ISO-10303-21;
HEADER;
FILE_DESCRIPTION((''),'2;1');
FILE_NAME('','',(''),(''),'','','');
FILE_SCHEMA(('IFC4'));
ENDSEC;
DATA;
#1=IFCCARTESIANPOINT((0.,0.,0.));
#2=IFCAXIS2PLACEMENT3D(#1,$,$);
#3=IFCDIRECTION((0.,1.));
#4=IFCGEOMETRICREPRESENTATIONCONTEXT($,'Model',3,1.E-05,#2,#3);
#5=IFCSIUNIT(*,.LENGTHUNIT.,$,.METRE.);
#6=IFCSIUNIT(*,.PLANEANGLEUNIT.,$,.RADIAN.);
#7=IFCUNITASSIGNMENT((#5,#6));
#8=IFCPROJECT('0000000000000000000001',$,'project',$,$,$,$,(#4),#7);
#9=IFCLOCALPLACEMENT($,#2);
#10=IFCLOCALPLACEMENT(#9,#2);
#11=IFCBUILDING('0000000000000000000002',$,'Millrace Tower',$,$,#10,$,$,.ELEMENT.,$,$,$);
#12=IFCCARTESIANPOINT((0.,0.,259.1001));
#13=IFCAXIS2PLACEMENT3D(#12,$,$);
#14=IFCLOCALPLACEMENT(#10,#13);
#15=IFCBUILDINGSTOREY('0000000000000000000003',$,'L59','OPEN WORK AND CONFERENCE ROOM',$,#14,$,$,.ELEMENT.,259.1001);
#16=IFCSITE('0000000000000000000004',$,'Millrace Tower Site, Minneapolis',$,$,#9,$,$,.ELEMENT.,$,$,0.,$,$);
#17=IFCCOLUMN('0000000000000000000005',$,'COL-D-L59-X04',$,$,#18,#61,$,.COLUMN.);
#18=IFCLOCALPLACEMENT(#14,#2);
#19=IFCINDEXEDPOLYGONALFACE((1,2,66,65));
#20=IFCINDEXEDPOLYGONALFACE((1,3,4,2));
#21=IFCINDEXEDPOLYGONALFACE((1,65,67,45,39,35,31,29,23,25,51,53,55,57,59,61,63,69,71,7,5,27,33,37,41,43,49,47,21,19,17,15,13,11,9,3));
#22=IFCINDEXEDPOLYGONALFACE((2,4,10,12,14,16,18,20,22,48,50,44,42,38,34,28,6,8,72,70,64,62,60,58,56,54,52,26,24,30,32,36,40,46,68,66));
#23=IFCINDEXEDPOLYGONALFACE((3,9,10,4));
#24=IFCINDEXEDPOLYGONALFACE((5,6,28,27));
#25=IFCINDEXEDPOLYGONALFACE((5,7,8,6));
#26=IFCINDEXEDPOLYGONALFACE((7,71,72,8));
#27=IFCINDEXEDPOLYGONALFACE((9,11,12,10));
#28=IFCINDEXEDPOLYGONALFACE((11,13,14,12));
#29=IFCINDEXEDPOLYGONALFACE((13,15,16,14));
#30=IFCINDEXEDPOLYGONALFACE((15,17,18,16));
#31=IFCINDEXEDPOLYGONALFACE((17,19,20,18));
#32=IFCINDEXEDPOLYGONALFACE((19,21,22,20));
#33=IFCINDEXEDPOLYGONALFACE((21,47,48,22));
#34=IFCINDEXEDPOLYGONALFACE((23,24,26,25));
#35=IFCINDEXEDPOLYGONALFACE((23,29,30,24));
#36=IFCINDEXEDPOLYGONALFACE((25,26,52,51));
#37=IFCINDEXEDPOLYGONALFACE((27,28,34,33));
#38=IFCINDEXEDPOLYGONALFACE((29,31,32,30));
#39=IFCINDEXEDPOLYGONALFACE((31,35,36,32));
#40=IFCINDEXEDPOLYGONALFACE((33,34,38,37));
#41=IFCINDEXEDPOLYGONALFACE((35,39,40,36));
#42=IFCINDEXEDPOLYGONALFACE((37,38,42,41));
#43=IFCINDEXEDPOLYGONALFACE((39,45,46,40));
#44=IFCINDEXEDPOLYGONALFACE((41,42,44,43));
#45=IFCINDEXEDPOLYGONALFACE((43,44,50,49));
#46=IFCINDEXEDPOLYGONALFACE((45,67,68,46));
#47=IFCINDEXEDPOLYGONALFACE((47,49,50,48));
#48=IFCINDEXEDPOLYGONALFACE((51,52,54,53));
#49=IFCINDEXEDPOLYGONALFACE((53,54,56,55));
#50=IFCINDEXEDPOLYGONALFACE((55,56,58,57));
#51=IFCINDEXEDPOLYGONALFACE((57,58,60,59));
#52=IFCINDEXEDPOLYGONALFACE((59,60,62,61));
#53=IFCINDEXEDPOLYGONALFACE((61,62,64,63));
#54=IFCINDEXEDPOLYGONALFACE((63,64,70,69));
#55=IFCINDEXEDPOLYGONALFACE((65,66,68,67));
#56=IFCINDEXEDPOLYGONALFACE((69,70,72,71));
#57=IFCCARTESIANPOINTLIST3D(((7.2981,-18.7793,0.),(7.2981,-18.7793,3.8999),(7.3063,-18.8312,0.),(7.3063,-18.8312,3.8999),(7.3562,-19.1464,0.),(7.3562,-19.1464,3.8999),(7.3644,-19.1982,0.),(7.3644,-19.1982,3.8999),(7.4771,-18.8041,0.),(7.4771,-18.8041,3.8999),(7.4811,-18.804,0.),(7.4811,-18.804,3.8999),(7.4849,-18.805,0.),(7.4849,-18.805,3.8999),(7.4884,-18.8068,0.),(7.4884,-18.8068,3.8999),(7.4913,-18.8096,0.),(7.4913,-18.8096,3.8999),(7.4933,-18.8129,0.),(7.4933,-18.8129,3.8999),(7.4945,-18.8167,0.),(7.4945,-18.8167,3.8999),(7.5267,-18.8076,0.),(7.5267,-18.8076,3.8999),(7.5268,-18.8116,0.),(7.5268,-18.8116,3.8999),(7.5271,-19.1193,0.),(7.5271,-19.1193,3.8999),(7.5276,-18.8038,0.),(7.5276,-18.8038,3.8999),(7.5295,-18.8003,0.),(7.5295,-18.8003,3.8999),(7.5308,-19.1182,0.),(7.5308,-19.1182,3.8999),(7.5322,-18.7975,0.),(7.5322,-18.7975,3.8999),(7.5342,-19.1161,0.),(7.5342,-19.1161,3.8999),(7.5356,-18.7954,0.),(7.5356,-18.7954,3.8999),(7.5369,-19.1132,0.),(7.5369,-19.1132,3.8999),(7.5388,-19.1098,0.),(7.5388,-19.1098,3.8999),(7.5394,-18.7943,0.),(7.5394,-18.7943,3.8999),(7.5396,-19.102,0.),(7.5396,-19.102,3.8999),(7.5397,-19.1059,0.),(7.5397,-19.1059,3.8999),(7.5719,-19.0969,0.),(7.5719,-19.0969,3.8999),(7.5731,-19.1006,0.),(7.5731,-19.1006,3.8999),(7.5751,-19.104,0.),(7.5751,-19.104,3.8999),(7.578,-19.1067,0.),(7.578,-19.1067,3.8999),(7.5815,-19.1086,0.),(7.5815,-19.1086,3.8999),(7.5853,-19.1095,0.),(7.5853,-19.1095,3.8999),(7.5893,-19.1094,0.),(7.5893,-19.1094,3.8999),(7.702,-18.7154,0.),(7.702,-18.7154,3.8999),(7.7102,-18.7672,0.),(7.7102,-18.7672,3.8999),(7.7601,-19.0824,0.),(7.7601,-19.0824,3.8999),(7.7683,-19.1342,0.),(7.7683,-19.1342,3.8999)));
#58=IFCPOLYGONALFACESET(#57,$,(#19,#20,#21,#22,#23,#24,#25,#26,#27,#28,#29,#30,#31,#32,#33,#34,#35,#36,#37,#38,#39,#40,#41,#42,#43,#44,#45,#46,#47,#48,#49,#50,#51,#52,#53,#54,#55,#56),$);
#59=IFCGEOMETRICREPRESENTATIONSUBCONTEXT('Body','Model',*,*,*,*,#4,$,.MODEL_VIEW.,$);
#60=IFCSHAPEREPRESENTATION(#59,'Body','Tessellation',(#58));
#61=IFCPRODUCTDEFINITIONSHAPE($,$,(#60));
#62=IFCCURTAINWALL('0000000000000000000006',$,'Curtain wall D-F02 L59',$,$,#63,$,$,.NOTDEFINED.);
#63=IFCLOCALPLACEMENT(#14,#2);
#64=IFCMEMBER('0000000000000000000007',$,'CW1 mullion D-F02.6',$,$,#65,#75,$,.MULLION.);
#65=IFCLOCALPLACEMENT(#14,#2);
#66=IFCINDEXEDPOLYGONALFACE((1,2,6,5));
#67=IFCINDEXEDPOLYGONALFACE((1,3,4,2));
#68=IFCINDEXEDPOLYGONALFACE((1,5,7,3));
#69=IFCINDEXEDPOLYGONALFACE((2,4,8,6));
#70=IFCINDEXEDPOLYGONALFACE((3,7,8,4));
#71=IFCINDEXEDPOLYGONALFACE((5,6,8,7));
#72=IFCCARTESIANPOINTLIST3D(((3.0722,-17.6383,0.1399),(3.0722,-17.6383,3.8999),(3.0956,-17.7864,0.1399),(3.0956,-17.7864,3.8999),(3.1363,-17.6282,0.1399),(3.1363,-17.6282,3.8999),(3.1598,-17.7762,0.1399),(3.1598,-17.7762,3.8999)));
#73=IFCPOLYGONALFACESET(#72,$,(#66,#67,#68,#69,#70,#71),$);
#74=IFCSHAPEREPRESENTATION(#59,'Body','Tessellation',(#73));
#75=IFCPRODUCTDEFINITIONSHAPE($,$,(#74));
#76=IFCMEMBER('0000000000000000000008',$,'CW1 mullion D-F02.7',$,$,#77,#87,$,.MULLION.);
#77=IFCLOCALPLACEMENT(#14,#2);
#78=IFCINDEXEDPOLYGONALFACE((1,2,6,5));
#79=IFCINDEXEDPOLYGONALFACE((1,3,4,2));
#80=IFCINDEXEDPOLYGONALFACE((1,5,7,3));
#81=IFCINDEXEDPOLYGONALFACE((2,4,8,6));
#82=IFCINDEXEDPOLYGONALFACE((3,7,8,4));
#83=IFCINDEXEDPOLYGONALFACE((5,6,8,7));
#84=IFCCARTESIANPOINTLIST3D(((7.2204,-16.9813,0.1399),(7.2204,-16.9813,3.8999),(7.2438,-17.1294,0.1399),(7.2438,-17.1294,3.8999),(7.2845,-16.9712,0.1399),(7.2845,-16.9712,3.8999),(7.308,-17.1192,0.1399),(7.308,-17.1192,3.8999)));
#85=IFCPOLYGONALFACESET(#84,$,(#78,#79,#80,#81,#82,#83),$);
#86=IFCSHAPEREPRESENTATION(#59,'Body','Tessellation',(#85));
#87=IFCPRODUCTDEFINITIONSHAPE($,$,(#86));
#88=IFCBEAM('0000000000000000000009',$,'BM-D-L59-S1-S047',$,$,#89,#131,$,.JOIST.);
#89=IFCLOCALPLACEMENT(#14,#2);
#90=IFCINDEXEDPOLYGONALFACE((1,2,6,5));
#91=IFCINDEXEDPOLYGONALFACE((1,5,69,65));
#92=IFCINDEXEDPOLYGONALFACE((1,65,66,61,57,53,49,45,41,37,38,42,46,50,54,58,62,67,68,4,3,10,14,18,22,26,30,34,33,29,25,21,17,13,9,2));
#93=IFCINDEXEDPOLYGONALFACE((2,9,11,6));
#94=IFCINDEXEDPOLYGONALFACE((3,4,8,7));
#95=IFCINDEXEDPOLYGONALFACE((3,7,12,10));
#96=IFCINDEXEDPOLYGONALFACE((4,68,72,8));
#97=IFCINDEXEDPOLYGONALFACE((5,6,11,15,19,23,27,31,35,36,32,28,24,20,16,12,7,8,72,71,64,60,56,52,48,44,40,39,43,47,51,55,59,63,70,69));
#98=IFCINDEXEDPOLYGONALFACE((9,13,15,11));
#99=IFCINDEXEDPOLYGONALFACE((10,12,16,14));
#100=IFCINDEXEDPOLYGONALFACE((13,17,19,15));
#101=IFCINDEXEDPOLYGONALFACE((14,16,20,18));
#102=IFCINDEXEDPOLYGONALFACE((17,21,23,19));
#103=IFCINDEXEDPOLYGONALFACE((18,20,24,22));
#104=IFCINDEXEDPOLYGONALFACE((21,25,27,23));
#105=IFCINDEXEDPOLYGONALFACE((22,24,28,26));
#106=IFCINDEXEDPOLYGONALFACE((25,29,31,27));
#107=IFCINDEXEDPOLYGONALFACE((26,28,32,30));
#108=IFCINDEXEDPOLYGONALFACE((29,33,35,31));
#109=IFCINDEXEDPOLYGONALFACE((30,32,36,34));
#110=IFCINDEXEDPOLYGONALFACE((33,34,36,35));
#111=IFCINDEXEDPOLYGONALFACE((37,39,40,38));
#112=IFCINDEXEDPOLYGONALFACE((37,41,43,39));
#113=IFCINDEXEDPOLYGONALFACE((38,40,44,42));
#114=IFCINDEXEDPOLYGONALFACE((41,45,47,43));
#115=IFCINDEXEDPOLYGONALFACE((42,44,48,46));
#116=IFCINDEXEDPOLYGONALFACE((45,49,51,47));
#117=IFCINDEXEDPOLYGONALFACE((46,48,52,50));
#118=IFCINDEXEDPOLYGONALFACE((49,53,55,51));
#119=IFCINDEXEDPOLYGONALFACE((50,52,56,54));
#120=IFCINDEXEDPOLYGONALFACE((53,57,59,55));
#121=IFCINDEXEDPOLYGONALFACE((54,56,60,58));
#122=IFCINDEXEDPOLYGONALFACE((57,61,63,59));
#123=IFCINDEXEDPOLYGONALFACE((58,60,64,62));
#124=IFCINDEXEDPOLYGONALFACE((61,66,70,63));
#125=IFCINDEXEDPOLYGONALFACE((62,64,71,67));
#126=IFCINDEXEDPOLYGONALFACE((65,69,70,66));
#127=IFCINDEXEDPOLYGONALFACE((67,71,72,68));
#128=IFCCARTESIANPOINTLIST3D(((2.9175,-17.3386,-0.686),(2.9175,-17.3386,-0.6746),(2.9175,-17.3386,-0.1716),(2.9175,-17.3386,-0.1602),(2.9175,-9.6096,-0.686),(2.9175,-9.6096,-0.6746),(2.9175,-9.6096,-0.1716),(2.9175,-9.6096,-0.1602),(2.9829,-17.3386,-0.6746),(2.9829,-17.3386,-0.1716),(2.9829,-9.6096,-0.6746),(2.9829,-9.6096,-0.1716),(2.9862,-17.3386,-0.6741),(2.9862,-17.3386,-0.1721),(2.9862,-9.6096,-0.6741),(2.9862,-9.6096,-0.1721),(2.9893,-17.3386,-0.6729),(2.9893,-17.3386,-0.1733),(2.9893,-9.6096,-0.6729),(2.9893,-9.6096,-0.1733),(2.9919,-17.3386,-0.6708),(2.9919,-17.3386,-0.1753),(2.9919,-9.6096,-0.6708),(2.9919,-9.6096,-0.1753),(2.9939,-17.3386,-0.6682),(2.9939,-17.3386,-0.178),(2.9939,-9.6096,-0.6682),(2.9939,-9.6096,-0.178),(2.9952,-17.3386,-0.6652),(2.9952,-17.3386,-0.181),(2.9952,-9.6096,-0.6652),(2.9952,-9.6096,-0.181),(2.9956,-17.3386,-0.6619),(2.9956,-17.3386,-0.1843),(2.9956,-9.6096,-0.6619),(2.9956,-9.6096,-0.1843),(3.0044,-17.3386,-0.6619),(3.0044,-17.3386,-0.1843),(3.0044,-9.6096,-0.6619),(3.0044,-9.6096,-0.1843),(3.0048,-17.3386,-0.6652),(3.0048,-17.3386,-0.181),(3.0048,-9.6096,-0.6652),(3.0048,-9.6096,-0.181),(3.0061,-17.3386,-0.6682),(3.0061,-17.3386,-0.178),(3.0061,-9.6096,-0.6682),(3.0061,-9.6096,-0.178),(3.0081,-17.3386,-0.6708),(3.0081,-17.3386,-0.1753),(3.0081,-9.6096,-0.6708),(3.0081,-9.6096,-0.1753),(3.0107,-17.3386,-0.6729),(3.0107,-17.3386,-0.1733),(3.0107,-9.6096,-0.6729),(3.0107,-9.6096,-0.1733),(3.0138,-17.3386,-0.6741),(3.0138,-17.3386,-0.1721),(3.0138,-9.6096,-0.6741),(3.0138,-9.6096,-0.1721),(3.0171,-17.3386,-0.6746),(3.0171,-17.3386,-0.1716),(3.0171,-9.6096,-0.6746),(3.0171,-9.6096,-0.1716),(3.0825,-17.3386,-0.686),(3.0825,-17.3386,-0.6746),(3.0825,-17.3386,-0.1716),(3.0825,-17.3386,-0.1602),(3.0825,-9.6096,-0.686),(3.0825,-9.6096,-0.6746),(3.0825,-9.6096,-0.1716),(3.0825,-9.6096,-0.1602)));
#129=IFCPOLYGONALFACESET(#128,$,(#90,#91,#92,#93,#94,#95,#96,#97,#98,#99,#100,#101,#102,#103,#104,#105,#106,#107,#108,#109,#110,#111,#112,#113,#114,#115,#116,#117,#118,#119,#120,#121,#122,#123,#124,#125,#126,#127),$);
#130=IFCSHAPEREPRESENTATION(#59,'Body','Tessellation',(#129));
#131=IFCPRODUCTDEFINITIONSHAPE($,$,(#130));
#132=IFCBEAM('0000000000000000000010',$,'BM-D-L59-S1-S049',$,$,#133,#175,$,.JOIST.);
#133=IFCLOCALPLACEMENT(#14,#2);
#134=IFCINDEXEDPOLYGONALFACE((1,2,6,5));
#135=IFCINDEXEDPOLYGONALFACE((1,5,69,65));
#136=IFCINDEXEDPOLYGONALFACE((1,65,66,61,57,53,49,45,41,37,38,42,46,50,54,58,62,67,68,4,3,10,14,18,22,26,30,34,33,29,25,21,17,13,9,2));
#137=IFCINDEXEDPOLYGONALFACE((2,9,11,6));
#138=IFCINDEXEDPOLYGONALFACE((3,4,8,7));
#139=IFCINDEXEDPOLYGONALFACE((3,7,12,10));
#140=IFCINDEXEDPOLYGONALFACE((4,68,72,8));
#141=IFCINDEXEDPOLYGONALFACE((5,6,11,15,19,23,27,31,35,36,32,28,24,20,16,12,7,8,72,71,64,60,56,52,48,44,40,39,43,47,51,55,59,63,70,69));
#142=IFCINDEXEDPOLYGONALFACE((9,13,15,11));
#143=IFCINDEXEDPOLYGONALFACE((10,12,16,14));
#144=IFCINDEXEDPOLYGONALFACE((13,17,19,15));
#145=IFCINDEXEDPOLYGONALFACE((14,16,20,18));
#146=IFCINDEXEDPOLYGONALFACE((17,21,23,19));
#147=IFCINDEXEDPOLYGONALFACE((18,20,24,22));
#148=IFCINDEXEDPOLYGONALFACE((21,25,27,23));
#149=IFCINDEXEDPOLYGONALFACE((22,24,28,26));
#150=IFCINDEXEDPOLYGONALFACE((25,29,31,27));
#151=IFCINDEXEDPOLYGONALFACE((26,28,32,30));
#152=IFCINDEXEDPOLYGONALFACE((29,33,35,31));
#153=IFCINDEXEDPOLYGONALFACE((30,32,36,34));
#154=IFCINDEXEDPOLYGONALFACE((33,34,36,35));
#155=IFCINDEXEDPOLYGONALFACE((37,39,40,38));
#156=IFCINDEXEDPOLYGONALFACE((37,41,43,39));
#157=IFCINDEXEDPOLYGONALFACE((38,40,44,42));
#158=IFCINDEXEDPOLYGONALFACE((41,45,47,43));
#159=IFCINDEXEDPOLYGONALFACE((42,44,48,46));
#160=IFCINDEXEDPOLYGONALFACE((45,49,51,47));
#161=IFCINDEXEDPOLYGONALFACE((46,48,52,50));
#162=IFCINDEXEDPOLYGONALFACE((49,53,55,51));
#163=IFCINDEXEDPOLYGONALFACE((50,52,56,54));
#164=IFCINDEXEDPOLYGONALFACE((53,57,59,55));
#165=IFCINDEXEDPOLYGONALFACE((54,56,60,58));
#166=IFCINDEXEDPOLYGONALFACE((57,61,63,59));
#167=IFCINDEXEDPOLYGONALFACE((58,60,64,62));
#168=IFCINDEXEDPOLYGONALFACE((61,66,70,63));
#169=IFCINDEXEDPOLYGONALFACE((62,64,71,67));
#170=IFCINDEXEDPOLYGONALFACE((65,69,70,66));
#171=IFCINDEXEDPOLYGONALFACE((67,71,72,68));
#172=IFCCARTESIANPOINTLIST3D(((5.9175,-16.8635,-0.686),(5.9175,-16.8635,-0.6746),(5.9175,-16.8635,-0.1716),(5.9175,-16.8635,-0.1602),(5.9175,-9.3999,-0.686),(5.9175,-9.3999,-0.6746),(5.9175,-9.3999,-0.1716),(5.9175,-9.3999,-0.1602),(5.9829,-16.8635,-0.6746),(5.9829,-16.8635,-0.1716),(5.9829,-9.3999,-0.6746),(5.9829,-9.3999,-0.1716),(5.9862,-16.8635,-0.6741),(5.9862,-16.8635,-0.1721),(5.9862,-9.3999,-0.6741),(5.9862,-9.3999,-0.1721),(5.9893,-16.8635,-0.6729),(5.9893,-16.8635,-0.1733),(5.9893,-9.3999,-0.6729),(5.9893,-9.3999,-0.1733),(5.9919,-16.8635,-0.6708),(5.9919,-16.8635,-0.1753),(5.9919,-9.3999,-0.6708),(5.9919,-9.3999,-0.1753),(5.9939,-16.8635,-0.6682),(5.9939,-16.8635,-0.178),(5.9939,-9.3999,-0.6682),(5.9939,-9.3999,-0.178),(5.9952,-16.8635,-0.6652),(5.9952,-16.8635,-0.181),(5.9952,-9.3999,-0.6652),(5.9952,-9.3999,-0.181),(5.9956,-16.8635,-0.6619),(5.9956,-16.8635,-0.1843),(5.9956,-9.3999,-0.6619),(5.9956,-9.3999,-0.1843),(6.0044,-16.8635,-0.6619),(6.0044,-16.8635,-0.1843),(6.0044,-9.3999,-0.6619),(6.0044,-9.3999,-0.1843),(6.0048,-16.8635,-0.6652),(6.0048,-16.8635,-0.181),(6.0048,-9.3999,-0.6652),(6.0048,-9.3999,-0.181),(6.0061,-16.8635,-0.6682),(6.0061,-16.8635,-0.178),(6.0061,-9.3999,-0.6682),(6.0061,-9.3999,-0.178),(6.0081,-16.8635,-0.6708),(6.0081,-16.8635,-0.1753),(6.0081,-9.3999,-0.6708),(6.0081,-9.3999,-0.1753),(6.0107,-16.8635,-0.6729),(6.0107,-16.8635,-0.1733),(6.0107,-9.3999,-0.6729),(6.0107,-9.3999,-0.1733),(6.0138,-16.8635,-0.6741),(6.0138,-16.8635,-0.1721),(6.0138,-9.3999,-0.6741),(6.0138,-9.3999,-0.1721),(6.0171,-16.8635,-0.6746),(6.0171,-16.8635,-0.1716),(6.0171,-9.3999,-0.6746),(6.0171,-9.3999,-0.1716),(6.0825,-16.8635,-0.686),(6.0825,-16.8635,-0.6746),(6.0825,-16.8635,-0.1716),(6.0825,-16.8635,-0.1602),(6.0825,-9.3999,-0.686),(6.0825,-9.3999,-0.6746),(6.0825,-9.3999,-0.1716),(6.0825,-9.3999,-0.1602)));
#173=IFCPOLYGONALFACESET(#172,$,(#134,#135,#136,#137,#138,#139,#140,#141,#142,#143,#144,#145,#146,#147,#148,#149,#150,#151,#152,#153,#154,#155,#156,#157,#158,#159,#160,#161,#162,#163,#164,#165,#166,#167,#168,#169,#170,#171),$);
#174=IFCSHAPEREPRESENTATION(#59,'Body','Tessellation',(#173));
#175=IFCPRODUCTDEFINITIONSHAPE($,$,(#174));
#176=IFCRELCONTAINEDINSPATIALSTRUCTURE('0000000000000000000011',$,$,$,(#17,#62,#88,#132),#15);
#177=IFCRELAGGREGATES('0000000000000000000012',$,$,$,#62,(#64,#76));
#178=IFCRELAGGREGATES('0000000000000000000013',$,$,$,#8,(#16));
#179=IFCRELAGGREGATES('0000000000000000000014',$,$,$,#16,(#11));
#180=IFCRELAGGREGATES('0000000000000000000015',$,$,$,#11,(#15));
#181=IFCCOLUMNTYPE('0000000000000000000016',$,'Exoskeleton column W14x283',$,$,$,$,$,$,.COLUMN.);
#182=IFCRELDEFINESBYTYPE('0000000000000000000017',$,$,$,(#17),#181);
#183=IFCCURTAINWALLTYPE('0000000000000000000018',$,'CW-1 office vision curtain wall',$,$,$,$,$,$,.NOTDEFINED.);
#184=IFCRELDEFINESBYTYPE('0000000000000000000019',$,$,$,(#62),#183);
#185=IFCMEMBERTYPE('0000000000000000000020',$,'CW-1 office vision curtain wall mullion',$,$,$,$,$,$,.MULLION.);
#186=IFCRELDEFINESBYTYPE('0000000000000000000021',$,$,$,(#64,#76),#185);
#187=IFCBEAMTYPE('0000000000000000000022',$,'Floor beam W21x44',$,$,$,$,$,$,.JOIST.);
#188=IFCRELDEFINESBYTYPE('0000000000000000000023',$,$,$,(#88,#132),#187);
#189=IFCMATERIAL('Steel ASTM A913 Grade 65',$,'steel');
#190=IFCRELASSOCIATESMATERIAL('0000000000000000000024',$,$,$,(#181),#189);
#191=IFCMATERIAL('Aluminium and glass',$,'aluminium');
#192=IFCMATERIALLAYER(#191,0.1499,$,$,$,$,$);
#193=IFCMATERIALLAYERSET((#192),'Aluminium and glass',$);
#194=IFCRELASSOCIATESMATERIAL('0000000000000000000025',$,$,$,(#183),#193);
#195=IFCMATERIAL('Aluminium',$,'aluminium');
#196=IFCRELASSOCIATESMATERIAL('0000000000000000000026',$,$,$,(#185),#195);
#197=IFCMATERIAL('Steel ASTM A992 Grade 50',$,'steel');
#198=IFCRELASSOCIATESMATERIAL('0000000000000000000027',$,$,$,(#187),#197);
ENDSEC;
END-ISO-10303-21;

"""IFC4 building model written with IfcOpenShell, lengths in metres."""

from ifc_helpers import new_model, si_unit, direction, frame, origin, origin_2d, place, context, subcontext, project, spatial, rectangle, i_section, extrude, material, layer, layer_set, material_profile, profile_set, type_object, element, aggregate, save


model = new_model("IFC4")

# Units and contexts
model_context = context("Model", 3, precision=1e-05, world=origin(), true_north=direction((0.0, 1.0)))
body_context = subcontext(model_context, "Body", "Model", "MODEL_VIEW")
ifc_project = project(units=[si_unit("LENGTHUNIT", "METRE"), si_unit("PLANEANGLEUNIT", "RADIAN")], contexts=[model_context])

# Site, building, storey
site_placement = place(None, origin())
site = spatial("IfcSite", under=ifc_project, at=site_placement, Name="Millrace Tower Site, Minneapolis", CompositionType="ELEMENT", RefElevation=0.0)
building_placement = place(site_placement, origin())
building = spatial("IfcBuilding", under=site, at=building_placement, Name="Millrace Tower", CompositionType="ELEMENT")
storey_placement = place(building_placement, frame((0.0, 0.0, 259.1001)))
storey = spatial("IfcBuildingStorey", under=building, at=storey_placement, Name="L59", Description="OPEN WORK AND CONFERENCE ROOM", CompositionType="ELEMENT", Elevation=259.1001)

# Column
ifc_material_1 = material(Name="Steel ASTM A913 Grade 65", Category="steel")
ifc_material_profile_1 = material_profile(ifc_material_1, i_section(OverallWidth=0.4089, OverallDepth=0.4241, WebThickness=0.0327, FlangeThickness=0.0525, FilletRadius=0.0151, at=origin_2d()))
ifc_profile_set_1 = profile_set([ifc_material_profile_1], Name="Steel ASTM A913 Grade 65")
column_type = type_object("IfcColumnType", Name="Exoskeleton column W14x283", PredefinedType="COLUMN", material=ifc_profile_set_1)
column_placement = place(storey_placement, frame((7.5332, -18.9568, 0.0), z_axis=(0.0, 0.0, 1.0), x_axis=(0.987688, 0.156434, 0.0)))
element("IfcColumn", 1, at=column_placement, inside=storey, type_object=column_type, Name="COL-D-L59-X04", PredefinedType="COLUMN", context=body_context, shape_type="SweptSolid", body=[
    extrude(i_section(OverallWidth=0.4089, OverallDepth=0.4241, WebThickness=0.0327, FlangeThickness=0.0525, FilletRadius=0.0151, at=origin_2d()), origin(), (0.0, 0.0, 1.0), 3.8999),
])

# Curtain wall, members
ifc_material_2 = material(Name="Aluminium and glass", Category="aluminium")
ifc_layer_1 = layer(ifc_material_2, 0.1499)
ifc_layer_set_1 = layer_set([ifc_layer_1], Name="Aluminium and glass")
curtain_wall_type = type_object("IfcCurtainWallType", Name="CW-1 office vision curtain wall", PredefinedType="NOTDEFINED", material=ifc_layer_set_1)
placement_1 = place(storey_placement, origin())
curtain_wall_1 = element("IfcCurtainWall", 2, at=placement_1, inside=storey, type_object=curtain_wall_type, Name="Curtain wall D-F02 L59", PredefinedType="NOTDEFINED")
ifc_material_3 = material(Name="Aluminium", Category="aluminium")
ifc_material_profile_2 = material_profile(ifc_material_3, rectangle(XDim=0.0649, YDim=0.1499, at=origin_2d()))
ifc_profile_set_2 = profile_set([ifc_material_profile_2], Name="Aluminium")
member_type = type_object("IfcMemberType", Name="CW-1 office vision curtain wall mullion", PredefinedType="MULLION", material=ifc_profile_set_2)
member_1_placement = place(storey_placement, frame((3.116, -17.7073, 0.1399), z_axis=(0.0, 0.0, 1.0), x_axis=(0.987688, 0.156434, 0.0)))
member_1 = element("IfcMember", 3, at=member_1_placement, type_object=member_type, Name="CW1 mullion D-F02.6", PredefinedType="MULLION", context=body_context, shape_type="SweptSolid", body=[
    extrude(rectangle(XDim=0.0649, YDim=0.1499, at=origin_2d()), origin(), (0.0, 0.0, 1.0), 3.76),
])
member_2_placement = place(storey_placement, frame((7.2642, -17.0503, 0.1399), z_axis=(0.0, 0.0, 1.0), x_axis=(0.987688, 0.156434, 0.0)))
member_2 = element("IfcMember", 4, at=member_2_placement, type_object=member_type, Name="CW1 mullion D-F02.7", PredefinedType="MULLION", context=body_context, shape_type="SweptSolid", body=[
    extrude(rectangle(XDim=0.0649, YDim=0.1499, at=origin_2d()), origin(), (0.0, 0.0, 1.0), 3.76),
])
aggregate(curtain_wall_1, [member_1, member_2])

# Beams
ifc_material_4 = material(Name="Steel ASTM A992 Grade 50", Category="steel")
ifc_material_profile_3 = material_profile(ifc_material_4, i_section(OverallWidth=0.165, OverallDepth=0.5259, WebThickness=0.0088, FlangeThickness=0.0115, FilletRadius=0.0127, at=origin_2d()))
ifc_profile_set_3 = profile_set([ifc_material_profile_3], Name="Steel ASTM A992 Grade 50")
beam_type_1 = type_object("IfcBeamType", Name="Floor beam W21x44", PredefinedType="JOIST", material=ifc_profile_set_3)
beam_1_placement = place(storey_placement, frame((3.0, -17.3386, -0.4231), z_axis=(0.0, 1.0, 0.0), x_axis=(-1.0, 0.0, 0.0)))
element("IfcBeam", 5, at=beam_1_placement, inside=storey, type_object=beam_type_1, Name="BM-D-L59-S1-S047", PredefinedType="JOIST", context=body_context, shape_type="SweptSolid", body=[
    extrude(i_section(OverallWidth=0.165, OverallDepth=0.5259, WebThickness=0.0088, FlangeThickness=0.0115, FilletRadius=0.0127, at=origin_2d()), origin(), (0.0, 0.0, 1.0), 7.729),
])
beam_2_placement = place(storey_placement, frame((6.0, -16.8635, -0.4231), z_axis=(0.0, 1.0, 0.0), x_axis=(-1.0, 0.0, 0.0)))
element("IfcBeam", 6, at=beam_2_placement, inside=storey, type_object=beam_type_1, Name="BM-D-L59-S1-S049", PredefinedType="JOIST", context=body_context, shape_type="SweptSolid", body=[
    extrude(i_section(OverallWidth=0.165, OverallDepth=0.5259, WebThickness=0.0088, FlangeThickness=0.0115, FilletRadius=0.0127, at=origin_2d()), origin(), (0.0, 0.0, 1.0), 7.4636),
])

save(model, "model.ifc")
